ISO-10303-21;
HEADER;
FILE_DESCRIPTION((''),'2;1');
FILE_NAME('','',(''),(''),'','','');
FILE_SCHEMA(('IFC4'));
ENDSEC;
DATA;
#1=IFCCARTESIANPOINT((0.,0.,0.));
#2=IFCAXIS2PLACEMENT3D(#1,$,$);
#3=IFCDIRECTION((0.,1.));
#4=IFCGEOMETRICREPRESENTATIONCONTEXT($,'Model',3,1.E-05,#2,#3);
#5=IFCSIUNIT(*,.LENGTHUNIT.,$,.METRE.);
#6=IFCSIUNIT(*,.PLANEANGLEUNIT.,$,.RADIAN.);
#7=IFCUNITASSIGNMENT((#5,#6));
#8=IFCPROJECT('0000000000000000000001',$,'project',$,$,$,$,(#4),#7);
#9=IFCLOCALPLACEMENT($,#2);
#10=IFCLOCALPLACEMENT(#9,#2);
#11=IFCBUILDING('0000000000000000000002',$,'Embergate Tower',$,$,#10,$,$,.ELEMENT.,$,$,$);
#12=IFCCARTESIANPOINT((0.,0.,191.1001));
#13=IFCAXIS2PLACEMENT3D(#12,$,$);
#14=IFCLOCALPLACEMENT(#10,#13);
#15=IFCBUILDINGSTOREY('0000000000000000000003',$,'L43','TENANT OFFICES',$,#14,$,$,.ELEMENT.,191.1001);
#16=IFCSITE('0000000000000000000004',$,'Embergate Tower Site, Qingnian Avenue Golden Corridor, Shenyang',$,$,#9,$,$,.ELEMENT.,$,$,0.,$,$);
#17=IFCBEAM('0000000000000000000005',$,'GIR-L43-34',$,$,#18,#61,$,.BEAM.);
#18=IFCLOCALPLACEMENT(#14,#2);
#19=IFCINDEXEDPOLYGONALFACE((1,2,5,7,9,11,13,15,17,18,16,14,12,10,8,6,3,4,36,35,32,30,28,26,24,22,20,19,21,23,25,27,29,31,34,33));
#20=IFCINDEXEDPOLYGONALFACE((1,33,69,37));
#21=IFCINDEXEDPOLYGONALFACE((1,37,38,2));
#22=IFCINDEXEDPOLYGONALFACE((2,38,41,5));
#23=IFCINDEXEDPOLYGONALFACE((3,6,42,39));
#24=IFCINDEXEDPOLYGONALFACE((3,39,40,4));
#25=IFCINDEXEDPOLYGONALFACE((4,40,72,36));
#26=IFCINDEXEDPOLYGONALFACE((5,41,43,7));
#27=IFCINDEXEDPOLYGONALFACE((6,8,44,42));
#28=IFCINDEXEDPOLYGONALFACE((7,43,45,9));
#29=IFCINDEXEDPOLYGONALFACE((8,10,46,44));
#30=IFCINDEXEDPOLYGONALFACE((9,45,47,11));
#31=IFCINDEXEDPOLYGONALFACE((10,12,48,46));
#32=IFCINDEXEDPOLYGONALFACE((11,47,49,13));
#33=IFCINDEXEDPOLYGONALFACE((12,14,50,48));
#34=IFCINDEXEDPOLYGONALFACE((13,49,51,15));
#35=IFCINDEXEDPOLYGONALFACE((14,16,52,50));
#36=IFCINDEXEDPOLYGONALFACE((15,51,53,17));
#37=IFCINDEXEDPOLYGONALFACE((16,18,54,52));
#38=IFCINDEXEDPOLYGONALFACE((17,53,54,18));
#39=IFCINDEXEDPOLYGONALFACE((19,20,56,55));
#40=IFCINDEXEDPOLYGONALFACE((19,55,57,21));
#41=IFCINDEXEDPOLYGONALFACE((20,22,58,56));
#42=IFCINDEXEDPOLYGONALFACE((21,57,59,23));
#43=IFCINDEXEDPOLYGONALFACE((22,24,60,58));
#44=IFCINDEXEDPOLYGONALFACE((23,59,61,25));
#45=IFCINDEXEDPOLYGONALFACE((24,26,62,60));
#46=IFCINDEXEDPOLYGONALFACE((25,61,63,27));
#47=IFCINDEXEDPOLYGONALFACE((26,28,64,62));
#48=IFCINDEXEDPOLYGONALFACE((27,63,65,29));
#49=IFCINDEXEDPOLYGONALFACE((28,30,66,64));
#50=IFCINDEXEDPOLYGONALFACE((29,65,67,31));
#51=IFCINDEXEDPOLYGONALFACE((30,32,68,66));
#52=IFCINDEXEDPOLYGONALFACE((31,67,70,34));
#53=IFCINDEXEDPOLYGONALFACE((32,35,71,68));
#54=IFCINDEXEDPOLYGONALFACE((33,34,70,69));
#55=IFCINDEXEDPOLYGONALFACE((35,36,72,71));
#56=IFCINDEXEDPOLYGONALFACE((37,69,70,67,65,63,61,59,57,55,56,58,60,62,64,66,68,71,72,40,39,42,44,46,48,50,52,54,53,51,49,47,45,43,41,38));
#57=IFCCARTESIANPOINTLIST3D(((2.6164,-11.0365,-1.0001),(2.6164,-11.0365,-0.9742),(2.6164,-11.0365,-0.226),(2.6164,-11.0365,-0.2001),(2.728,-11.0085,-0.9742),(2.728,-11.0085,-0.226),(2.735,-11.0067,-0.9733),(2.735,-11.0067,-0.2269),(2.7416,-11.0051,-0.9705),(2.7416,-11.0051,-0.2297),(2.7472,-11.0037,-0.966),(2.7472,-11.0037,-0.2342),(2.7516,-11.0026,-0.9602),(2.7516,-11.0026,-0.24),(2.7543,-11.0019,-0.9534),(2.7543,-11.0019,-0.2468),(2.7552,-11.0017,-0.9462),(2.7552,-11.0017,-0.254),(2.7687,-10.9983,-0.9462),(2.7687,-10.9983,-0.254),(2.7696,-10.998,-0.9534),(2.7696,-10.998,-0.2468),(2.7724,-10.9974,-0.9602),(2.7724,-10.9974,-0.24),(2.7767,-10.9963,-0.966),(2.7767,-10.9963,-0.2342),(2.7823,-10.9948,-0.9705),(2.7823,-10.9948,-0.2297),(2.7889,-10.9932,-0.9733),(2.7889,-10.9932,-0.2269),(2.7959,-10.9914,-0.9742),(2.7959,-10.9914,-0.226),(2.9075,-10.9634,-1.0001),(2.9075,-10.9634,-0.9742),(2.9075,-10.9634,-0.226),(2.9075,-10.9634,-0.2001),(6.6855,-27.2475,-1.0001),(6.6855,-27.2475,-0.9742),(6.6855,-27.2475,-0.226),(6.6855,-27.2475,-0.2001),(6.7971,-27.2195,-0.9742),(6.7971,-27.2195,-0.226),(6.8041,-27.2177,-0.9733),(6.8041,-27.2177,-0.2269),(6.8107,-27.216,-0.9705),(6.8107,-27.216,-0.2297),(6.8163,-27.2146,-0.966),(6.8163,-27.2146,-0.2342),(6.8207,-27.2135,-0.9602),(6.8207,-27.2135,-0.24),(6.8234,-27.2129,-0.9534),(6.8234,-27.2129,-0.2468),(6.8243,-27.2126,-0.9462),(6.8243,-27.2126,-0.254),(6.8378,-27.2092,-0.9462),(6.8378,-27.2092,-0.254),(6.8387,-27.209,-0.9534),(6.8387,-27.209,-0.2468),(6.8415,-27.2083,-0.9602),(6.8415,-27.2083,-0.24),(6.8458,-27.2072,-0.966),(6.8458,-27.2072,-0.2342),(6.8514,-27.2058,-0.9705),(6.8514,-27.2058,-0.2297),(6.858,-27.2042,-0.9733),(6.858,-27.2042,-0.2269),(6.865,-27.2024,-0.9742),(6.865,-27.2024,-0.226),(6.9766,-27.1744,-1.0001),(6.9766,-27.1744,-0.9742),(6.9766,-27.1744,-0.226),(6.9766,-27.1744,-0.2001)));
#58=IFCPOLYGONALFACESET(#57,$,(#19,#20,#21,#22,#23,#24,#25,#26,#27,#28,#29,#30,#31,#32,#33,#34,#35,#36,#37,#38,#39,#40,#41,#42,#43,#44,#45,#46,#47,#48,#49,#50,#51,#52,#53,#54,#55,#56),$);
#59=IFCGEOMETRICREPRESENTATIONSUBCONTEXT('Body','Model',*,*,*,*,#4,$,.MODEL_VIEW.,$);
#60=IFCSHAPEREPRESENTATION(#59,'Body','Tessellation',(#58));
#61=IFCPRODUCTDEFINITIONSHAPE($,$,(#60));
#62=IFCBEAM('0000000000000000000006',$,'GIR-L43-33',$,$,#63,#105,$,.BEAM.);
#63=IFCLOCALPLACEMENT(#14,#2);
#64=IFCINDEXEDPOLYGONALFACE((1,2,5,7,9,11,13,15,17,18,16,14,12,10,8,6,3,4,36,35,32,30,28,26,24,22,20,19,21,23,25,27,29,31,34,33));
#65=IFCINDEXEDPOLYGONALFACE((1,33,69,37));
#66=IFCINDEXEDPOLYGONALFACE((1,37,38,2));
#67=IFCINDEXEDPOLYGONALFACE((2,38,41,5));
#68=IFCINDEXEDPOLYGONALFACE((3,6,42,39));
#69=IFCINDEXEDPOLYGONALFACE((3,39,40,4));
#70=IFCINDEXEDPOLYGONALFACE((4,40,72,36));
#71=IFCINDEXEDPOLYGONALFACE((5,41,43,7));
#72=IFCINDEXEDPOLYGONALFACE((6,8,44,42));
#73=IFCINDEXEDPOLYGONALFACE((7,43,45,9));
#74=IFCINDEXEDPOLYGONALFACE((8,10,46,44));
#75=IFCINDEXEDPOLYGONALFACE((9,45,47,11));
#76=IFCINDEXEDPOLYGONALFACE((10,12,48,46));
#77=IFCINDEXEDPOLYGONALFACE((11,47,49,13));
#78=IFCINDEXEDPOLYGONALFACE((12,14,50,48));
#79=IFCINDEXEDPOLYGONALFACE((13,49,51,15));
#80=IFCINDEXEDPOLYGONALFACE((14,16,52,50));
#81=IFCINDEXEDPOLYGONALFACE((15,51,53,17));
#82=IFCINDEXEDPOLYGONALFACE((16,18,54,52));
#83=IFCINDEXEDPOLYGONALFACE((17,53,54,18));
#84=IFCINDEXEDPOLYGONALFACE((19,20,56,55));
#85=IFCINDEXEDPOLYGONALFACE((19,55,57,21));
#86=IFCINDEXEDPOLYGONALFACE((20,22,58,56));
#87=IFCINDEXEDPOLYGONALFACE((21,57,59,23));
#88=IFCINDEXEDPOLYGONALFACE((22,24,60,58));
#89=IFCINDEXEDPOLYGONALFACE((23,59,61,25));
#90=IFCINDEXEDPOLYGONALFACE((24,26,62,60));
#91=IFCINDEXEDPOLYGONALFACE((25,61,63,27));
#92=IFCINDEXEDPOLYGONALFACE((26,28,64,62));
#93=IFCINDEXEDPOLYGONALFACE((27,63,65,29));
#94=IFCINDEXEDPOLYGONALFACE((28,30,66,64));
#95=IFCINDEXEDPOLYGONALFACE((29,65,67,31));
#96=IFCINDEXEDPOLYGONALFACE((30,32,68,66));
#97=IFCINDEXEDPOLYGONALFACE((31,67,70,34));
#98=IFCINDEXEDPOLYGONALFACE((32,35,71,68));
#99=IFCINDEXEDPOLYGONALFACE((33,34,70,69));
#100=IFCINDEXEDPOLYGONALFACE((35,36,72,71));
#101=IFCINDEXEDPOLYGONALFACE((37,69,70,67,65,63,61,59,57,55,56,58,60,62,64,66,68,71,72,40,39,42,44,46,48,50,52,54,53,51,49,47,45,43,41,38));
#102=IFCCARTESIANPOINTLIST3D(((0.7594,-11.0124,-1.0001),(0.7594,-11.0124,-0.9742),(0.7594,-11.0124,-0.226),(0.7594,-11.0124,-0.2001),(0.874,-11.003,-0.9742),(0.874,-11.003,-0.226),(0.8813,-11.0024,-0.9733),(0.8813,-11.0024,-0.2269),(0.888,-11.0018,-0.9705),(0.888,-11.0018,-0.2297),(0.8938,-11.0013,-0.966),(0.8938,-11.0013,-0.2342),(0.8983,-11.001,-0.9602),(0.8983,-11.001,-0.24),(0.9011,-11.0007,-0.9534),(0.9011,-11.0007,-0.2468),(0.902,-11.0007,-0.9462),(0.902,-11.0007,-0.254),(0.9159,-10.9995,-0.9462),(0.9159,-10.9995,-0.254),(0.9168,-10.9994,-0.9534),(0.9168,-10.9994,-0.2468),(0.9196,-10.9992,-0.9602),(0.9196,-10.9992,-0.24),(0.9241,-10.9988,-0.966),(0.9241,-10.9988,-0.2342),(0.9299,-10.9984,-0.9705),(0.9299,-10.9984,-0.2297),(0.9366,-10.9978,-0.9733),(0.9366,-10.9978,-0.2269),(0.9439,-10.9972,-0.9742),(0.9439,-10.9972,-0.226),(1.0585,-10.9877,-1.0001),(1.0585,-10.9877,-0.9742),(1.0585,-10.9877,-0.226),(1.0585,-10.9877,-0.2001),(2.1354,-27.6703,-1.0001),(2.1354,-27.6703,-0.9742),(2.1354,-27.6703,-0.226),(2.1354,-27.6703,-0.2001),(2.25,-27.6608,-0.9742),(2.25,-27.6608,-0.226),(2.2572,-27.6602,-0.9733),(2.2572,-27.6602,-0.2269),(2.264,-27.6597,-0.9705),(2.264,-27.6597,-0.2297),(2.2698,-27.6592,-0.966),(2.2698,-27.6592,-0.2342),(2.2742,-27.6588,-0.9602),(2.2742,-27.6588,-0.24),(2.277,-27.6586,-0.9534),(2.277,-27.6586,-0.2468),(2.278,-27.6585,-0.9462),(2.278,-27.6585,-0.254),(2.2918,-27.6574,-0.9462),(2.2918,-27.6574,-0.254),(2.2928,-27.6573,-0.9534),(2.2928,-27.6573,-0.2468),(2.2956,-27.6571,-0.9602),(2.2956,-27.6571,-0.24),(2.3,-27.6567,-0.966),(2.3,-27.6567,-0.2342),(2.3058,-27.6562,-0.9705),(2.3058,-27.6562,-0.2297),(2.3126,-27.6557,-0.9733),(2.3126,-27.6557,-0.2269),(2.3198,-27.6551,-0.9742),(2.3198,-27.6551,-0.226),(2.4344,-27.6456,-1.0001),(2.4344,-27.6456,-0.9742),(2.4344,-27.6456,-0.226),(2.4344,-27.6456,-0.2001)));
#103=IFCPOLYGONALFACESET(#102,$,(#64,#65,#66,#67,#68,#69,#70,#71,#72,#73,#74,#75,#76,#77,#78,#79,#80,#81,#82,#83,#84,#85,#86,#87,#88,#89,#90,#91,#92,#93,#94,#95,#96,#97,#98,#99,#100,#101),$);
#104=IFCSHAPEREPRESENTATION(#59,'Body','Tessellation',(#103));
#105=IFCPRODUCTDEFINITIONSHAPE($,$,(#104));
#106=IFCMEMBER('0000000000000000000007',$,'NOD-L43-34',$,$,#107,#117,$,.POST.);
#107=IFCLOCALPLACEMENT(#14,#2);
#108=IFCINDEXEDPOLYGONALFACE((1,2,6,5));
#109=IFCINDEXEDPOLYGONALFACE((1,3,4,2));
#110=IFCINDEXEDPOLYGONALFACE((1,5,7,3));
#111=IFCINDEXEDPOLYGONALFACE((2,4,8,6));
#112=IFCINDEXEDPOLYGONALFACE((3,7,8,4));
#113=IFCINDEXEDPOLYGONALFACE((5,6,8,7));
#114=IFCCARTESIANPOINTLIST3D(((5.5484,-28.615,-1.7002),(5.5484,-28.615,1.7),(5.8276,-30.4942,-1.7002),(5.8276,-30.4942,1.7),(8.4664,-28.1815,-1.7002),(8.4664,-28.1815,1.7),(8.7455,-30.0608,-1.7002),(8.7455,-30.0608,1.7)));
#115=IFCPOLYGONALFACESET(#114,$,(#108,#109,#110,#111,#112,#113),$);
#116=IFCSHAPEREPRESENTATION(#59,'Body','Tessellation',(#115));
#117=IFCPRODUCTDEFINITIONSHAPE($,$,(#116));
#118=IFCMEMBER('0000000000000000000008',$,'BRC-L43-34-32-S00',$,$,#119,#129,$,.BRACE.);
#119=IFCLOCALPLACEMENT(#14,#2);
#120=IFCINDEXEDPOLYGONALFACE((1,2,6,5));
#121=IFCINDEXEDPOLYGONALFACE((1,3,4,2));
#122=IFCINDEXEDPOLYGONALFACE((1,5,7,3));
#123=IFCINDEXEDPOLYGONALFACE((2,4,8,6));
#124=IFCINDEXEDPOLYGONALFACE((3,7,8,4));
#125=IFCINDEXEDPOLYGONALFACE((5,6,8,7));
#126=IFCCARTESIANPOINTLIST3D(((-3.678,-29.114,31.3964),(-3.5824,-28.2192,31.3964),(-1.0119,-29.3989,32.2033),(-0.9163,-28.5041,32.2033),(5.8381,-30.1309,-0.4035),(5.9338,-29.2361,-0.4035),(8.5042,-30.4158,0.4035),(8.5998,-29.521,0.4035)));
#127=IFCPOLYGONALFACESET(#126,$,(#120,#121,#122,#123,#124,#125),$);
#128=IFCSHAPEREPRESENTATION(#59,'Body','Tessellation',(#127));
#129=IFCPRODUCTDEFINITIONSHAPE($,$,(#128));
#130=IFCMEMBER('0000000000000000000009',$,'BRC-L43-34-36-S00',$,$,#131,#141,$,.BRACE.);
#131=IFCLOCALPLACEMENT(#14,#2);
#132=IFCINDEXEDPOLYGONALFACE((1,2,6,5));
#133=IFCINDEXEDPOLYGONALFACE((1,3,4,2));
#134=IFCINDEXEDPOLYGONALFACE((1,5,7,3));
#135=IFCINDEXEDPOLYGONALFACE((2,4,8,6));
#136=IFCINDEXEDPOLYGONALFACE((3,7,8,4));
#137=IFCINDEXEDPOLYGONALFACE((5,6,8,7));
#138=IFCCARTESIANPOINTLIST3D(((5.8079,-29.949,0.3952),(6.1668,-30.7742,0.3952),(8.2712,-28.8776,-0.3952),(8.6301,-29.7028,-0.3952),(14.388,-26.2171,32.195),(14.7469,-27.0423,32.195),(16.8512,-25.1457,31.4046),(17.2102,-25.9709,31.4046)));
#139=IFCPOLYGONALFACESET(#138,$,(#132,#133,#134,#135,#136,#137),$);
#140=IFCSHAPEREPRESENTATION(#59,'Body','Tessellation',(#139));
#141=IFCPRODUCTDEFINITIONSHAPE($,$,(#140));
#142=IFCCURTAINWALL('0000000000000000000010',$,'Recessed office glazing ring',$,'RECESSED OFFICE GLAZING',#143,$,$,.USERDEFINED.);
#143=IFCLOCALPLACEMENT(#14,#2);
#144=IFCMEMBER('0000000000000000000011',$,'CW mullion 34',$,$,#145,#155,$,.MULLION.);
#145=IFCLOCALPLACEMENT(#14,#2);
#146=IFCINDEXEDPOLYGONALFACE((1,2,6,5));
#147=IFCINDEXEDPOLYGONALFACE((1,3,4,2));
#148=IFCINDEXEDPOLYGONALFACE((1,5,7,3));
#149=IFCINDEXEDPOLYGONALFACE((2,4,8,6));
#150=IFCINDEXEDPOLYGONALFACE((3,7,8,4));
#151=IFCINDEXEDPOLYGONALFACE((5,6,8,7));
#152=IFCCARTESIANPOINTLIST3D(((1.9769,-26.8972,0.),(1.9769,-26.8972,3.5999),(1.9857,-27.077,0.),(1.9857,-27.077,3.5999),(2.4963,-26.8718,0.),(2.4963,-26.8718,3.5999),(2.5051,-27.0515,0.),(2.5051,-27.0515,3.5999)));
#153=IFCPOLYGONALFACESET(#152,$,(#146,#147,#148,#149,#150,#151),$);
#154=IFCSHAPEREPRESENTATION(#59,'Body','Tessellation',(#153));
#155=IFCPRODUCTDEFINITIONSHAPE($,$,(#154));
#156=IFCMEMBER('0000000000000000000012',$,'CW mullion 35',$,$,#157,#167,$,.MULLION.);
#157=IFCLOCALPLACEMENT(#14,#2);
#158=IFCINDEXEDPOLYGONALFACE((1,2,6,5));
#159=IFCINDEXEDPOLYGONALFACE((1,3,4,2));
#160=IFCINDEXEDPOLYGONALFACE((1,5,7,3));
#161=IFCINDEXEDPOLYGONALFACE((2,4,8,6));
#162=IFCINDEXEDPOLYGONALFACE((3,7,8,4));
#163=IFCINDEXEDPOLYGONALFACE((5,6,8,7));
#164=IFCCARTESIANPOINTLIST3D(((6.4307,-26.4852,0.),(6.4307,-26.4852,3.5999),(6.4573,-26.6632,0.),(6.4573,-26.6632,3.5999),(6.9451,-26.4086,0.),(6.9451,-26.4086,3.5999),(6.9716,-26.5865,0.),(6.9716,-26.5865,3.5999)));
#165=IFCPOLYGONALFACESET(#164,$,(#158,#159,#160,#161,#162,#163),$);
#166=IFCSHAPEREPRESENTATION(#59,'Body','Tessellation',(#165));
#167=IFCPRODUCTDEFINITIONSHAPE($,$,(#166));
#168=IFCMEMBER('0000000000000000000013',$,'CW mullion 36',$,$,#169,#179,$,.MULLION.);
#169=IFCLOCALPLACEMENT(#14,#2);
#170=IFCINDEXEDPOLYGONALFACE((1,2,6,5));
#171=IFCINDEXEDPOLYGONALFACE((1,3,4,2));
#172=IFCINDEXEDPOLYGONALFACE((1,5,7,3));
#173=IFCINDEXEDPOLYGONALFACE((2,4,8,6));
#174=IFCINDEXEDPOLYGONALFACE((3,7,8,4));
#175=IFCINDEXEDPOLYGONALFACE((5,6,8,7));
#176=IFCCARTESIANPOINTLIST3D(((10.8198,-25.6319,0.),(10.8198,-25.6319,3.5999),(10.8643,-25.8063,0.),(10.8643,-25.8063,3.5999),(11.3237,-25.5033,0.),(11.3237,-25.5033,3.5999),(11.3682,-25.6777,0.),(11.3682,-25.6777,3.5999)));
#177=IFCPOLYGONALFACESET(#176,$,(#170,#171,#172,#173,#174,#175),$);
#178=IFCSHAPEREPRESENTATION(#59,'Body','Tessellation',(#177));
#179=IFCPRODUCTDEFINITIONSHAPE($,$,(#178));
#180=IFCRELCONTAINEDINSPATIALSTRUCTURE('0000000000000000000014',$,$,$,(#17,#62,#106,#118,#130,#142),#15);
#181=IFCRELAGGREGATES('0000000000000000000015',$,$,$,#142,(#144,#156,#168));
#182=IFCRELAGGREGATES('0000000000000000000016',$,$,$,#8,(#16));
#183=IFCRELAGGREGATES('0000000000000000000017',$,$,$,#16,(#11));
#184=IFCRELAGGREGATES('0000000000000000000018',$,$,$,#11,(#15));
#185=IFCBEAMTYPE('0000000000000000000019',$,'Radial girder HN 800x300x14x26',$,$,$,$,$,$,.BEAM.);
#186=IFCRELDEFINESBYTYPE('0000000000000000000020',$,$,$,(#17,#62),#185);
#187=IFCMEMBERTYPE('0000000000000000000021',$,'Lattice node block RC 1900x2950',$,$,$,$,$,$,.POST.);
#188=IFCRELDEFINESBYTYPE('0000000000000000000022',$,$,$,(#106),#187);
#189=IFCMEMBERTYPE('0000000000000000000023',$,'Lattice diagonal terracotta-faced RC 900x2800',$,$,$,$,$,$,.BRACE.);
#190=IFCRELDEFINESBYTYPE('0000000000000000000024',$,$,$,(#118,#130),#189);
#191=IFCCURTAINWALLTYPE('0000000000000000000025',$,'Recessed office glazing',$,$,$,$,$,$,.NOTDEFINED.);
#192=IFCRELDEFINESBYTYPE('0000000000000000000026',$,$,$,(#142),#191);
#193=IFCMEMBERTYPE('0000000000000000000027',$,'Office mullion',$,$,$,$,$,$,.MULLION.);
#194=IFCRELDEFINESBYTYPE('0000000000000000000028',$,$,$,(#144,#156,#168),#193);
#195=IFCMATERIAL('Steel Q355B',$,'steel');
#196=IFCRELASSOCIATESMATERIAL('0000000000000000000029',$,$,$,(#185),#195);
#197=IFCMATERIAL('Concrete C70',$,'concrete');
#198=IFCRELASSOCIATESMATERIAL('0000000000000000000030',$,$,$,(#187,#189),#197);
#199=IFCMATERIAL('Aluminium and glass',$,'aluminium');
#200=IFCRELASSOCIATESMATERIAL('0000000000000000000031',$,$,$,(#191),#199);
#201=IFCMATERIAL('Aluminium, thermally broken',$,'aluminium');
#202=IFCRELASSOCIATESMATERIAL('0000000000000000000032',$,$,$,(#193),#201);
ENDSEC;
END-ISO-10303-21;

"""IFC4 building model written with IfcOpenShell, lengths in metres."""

from ifc_helpers import new_model, si_unit, direction, frame, origin, origin_2d, place, context, subcontext, project, spatial, rectangle, i_section, extrude, source, transform, mapped, material, material_profile, profile_set, type_object, element, aggregate, save


model = new_model("IFC4")

# Units and contexts
model_context = context("Model", 3, precision=1e-05, world=origin(), true_north=direction((0.0, 1.0)))
body_context = subcontext(model_context, "Body", "Model", "MODEL_VIEW")
ifc_project = project(units=[si_unit("LENGTHUNIT", "METRE"), si_unit("PLANEANGLEUNIT", "RADIAN")], contexts=[model_context])

# Site, building, storey
site_placement = place(None, origin())
site = spatial("IfcSite", under=ifc_project, at=site_placement, Name="Embergate Tower Site, Qingnian Avenue Golden Corridor, Shenyang", CompositionType="ELEMENT", RefElevation=0.0)
building_placement = place(site_placement, origin())
building = spatial("IfcBuilding", under=site, at=building_placement, Name="Embergate Tower", CompositionType="ELEMENT")
storey_placement = place(building_placement, frame((0.0, 0.0, 191.1001)))
storey = spatial("IfcBuildingStorey", under=building, at=storey_placement, Name="L43", Description="TENANT OFFICES", CompositionType="ELEMENT", Elevation=191.1001)

# Shared definitions
ifc_material_1 = material(Name="Concrete C70", Category="concrete")

# Beams
ifc_material_2 = material(Name="Steel Q355B", Category="steel")
ifc_material_profile_1 = material_profile(ifc_material_2, i_section(OverallWidth=0.3, OverallDepth=0.8, WebThickness=0.0139, FlangeThickness=0.0259, FilletRadius=0.0281, at=origin_2d()), Name="HN 800x300x14x26")
ifc_profile_set_1 = profile_set([ifc_material_profile_1], Name="Steel Q355 grade B")
beam_type_1 = type_object("IfcBeamType", Name="Radial girder HN 800x300x14x26", PredefinedType="BEAM", material=ifc_profile_set_1)
shared_shape_1 = source(origin(), body_context, "Body", "SweptSolid", [
    extrude(i_section(OverallWidth=0.3, OverallDepth=0.8, WebThickness=0.0139, FlangeThickness=0.0259, FilletRadius=0.0281, at=origin_2d()), origin(), (0.0, 0.0, 1.0), 16.7139),
])
beam_1_placement = place(storey_placement, frame((6.8311, -27.2109, -0.6001), z_axis=(-0.243457, 0.969912, 0.0), x_axis=(-0.969912, -0.243457, 0.0)))
element("IfcBeam", 1, at=beam_1_placement, inside=storey, type_object=beam_type_1, Name="GIR-L43-34", PredefinedType="BEAM", context=body_context, shape_type="MappedRepresentation", body=[
    mapped(shared_shape_1, transform((0.0, 0.0, 0.0))),
])
shared_shape_2 = source(origin(), body_context, "Body", "SweptSolid", [
    extrude(i_section(OverallWidth=0.3, OverallDepth=0.8, WebThickness=0.0139, FlangeThickness=0.0259, FilletRadius=0.0281, at=origin_2d()), origin(), (0.0, 0.0, 1.0), 16.7146),
])
beam_2_placement = place(storey_placement, frame((2.2849, -27.658, -0.6001), z_axis=(-0.082321, 0.996606, 0.0), x_axis=(-0.996606, -0.082321, 0.0)))
element("IfcBeam", 2, at=beam_2_placement, inside=storey, type_object=beam_type_1, Name="GIR-L43-33", PredefinedType="BEAM", context=body_context, shape_type="MappedRepresentation", body=[
    mapped(shared_shape_2, transform((0.0, 0.0, 0.0))),
])

# Members
ifc_material_profile_2 = material_profile(ifc_material_1, rectangle(XDim=1.8999, YDim=2.95, at=origin_2d()), Name="RC 1900x2950")
ifc_profile_set_2 = profile_set([ifc_material_profile_2], Name="Concrete C70")
member_type_1 = type_object("IfcMemberType", Name="Lattice node block RC 1900x2950", PredefinedType="POST", material=ifc_profile_set_2)
shared_shape_3 = source(origin(), body_context, "Body", "SweptSolid", [
    extrude(rectangle(XDim=1.8999, YDim=2.95, at=origin_2d()), origin(), (0.0, 0.0, 1.0), 3.4001),
])
member_1_placement = place(storey_placement, frame((7.147, -29.3379, -1.7002), z_axis=(0.0, 0.0, 1.0), x_axis=(0.146929, -0.989147, 0.0)))
element("IfcMember", 3, at=member_1_placement, inside=storey, type_object=member_type_1, Name="NOD-L43-34", PredefinedType="POST", context=body_context, shape_type="MappedRepresentation", body=[
    mapped(shared_shape_3, transform((0.0, 0.0, 0.0))),
])
ifc_material_profile_3 = material_profile(ifc_material_1, rectangle(XDim=0.8999, YDim=2.8, at=origin_2d()), Name="RC 900x2800")
ifc_profile_set_3 = profile_set([ifc_material_profile_3], Name="Concrete C70")
member_type_2 = type_object("IfcMemberType", Name="Lattice diagonal terracotta-faced RC 900x2800", PredefinedType="BRACE", material=ifc_profile_set_3)
shared_shape_4 = source(origin(), body_context, "Body", "SweptSolid", [
    extrude(rectangle(XDim=0.8999, YDim=2.8, at=origin_2d()), origin(), (0.0, 0.0, 1.0), 33.2087),
])
member_2_placement = place(storey_placement, frame((7.219, -29.8259, 0.0), z_axis=(-0.286555, 0.03062, 0.957574), x_axis=(-0.10625, -0.994339, 0.0)))
element("IfcMember", 4, at=member_2_placement, inside=storey, type_object=member_type_2, Name="BRC-L43-34-32-S00", PredefinedType="BRACE", context=body_context, shape_type="MappedRepresentation", body=[
    mapped(shared_shape_4, transform((0.0, 0.0, 0.0))),
])
shared_shape_5 = source(origin(), body_context, "Body", "SweptSolid", [
    extrude(rectangle(XDim=0.8999, YDim=2.8, at=origin_2d()), origin(), (0.0, 0.0, 1.0), 33.1477),
])
member_3_placement = place(storey_placement, frame((7.219, -29.8259, 0.0), z_axis=(0.258844, 0.112585, 0.959336), x_axis=(-0.398858, 0.917013, 0.0)))
element("IfcMember", 5, at=member_3_placement, inside=storey, type_object=member_type_2, Name="BRC-L43-34-36-S00", PredefinedType="BRACE", context=body_context, shape_type="MappedRepresentation", body=[
    mapped(shared_shape_5, transform((0.0, 0.0, 0.0))),
])

# Curtain wall, members
ifc_material_3 = material(Name="Aluminium and glass", Category="aluminium")
curtain_wall_type = type_object("IfcCurtainWallType", Name="Recessed office glazing", PredefinedType="NOTDEFINED", material=ifc_material_3)
curtain_wall_placement = place(storey_placement, origin())
curtain_wall = element("IfcCurtainWall", 6, at=curtain_wall_placement, inside=storey, type_object=curtain_wall_type, Name="Recessed office glazing ring", ObjectType="RECESSED OFFICE GLAZING", PredefinedType="USERDEFINED")
ifc_material_4 = material(Name="Aluminium, thermally broken", Category="aluminium")
ifc_material_profile_4 = material_profile(ifc_material_4, rectangle(XDim=0.1799, YDim=0.52, at=origin_2d()), Name="AL 520x180")
ifc_profile_set_4 = profile_set([ifc_material_profile_4], Name="Aluminium, thermally broken")
member_type_3 = type_object("IfcMemberType", Name="Office mullion", PredefinedType="MULLION", material=ifc_profile_set_4)
shared_shape_6 = source(origin(), body_context, "Body", "SweptSolid", [
    extrude(rectangle(XDim=0.1799, YDim=0.52, at=origin_2d()), origin(), (0.0, 0.0, 1.0), 3.5999),
])
member_4_placement = place(storey_placement, frame((2.241, -26.9744, 0.0), z_axis=(0.0, 0.0, 1.0), x_axis=(-0.04897, 0.9988, 0.0)))
member_4 = element("IfcMember", 7, at=member_4_placement, type_object=member_type_3, Name="CW mullion 34", PredefinedType="MULLION", context=body_context, shape_type="MappedRepresentation", body=[
    mapped(shared_shape_6, transform((0.0, 0.0, 0.0))),
])
member_5_placement = place(storey_placement, frame((6.7012, -26.5359, 0.0), z_axis=(0.0, 0.0, 1.0), x_axis=(-0.147411, 0.989075, 0.0)))
member_5 = element("IfcMember", 8, at=member_5_placement, type_object=member_type_3, Name="CW mullion 35", PredefinedType="MULLION", context=body_context, shape_type="MappedRepresentation", body=[
    mapped(shared_shape_6, transform((0.0, 0.0, 0.0))),
])
member_6_placement = place(storey_placement, frame((11.094, -25.6548, 0.0), z_axis=(0.0, 0.0, 1.0), x_axis=(-0.24731, 0.968936, 0.0)))
member_6 = element("IfcMember", 9, at=member_6_placement, type_object=member_type_3, Name="CW mullion 36", PredefinedType="MULLION", context=body_context, shape_type="MappedRepresentation", body=[
    mapped(shared_shape_6, transform((0.0, 0.0, 0.0))),
])
aggregate(curtain_wall, [member_4, member_5, member_6])

save(model, "model.ifc")
